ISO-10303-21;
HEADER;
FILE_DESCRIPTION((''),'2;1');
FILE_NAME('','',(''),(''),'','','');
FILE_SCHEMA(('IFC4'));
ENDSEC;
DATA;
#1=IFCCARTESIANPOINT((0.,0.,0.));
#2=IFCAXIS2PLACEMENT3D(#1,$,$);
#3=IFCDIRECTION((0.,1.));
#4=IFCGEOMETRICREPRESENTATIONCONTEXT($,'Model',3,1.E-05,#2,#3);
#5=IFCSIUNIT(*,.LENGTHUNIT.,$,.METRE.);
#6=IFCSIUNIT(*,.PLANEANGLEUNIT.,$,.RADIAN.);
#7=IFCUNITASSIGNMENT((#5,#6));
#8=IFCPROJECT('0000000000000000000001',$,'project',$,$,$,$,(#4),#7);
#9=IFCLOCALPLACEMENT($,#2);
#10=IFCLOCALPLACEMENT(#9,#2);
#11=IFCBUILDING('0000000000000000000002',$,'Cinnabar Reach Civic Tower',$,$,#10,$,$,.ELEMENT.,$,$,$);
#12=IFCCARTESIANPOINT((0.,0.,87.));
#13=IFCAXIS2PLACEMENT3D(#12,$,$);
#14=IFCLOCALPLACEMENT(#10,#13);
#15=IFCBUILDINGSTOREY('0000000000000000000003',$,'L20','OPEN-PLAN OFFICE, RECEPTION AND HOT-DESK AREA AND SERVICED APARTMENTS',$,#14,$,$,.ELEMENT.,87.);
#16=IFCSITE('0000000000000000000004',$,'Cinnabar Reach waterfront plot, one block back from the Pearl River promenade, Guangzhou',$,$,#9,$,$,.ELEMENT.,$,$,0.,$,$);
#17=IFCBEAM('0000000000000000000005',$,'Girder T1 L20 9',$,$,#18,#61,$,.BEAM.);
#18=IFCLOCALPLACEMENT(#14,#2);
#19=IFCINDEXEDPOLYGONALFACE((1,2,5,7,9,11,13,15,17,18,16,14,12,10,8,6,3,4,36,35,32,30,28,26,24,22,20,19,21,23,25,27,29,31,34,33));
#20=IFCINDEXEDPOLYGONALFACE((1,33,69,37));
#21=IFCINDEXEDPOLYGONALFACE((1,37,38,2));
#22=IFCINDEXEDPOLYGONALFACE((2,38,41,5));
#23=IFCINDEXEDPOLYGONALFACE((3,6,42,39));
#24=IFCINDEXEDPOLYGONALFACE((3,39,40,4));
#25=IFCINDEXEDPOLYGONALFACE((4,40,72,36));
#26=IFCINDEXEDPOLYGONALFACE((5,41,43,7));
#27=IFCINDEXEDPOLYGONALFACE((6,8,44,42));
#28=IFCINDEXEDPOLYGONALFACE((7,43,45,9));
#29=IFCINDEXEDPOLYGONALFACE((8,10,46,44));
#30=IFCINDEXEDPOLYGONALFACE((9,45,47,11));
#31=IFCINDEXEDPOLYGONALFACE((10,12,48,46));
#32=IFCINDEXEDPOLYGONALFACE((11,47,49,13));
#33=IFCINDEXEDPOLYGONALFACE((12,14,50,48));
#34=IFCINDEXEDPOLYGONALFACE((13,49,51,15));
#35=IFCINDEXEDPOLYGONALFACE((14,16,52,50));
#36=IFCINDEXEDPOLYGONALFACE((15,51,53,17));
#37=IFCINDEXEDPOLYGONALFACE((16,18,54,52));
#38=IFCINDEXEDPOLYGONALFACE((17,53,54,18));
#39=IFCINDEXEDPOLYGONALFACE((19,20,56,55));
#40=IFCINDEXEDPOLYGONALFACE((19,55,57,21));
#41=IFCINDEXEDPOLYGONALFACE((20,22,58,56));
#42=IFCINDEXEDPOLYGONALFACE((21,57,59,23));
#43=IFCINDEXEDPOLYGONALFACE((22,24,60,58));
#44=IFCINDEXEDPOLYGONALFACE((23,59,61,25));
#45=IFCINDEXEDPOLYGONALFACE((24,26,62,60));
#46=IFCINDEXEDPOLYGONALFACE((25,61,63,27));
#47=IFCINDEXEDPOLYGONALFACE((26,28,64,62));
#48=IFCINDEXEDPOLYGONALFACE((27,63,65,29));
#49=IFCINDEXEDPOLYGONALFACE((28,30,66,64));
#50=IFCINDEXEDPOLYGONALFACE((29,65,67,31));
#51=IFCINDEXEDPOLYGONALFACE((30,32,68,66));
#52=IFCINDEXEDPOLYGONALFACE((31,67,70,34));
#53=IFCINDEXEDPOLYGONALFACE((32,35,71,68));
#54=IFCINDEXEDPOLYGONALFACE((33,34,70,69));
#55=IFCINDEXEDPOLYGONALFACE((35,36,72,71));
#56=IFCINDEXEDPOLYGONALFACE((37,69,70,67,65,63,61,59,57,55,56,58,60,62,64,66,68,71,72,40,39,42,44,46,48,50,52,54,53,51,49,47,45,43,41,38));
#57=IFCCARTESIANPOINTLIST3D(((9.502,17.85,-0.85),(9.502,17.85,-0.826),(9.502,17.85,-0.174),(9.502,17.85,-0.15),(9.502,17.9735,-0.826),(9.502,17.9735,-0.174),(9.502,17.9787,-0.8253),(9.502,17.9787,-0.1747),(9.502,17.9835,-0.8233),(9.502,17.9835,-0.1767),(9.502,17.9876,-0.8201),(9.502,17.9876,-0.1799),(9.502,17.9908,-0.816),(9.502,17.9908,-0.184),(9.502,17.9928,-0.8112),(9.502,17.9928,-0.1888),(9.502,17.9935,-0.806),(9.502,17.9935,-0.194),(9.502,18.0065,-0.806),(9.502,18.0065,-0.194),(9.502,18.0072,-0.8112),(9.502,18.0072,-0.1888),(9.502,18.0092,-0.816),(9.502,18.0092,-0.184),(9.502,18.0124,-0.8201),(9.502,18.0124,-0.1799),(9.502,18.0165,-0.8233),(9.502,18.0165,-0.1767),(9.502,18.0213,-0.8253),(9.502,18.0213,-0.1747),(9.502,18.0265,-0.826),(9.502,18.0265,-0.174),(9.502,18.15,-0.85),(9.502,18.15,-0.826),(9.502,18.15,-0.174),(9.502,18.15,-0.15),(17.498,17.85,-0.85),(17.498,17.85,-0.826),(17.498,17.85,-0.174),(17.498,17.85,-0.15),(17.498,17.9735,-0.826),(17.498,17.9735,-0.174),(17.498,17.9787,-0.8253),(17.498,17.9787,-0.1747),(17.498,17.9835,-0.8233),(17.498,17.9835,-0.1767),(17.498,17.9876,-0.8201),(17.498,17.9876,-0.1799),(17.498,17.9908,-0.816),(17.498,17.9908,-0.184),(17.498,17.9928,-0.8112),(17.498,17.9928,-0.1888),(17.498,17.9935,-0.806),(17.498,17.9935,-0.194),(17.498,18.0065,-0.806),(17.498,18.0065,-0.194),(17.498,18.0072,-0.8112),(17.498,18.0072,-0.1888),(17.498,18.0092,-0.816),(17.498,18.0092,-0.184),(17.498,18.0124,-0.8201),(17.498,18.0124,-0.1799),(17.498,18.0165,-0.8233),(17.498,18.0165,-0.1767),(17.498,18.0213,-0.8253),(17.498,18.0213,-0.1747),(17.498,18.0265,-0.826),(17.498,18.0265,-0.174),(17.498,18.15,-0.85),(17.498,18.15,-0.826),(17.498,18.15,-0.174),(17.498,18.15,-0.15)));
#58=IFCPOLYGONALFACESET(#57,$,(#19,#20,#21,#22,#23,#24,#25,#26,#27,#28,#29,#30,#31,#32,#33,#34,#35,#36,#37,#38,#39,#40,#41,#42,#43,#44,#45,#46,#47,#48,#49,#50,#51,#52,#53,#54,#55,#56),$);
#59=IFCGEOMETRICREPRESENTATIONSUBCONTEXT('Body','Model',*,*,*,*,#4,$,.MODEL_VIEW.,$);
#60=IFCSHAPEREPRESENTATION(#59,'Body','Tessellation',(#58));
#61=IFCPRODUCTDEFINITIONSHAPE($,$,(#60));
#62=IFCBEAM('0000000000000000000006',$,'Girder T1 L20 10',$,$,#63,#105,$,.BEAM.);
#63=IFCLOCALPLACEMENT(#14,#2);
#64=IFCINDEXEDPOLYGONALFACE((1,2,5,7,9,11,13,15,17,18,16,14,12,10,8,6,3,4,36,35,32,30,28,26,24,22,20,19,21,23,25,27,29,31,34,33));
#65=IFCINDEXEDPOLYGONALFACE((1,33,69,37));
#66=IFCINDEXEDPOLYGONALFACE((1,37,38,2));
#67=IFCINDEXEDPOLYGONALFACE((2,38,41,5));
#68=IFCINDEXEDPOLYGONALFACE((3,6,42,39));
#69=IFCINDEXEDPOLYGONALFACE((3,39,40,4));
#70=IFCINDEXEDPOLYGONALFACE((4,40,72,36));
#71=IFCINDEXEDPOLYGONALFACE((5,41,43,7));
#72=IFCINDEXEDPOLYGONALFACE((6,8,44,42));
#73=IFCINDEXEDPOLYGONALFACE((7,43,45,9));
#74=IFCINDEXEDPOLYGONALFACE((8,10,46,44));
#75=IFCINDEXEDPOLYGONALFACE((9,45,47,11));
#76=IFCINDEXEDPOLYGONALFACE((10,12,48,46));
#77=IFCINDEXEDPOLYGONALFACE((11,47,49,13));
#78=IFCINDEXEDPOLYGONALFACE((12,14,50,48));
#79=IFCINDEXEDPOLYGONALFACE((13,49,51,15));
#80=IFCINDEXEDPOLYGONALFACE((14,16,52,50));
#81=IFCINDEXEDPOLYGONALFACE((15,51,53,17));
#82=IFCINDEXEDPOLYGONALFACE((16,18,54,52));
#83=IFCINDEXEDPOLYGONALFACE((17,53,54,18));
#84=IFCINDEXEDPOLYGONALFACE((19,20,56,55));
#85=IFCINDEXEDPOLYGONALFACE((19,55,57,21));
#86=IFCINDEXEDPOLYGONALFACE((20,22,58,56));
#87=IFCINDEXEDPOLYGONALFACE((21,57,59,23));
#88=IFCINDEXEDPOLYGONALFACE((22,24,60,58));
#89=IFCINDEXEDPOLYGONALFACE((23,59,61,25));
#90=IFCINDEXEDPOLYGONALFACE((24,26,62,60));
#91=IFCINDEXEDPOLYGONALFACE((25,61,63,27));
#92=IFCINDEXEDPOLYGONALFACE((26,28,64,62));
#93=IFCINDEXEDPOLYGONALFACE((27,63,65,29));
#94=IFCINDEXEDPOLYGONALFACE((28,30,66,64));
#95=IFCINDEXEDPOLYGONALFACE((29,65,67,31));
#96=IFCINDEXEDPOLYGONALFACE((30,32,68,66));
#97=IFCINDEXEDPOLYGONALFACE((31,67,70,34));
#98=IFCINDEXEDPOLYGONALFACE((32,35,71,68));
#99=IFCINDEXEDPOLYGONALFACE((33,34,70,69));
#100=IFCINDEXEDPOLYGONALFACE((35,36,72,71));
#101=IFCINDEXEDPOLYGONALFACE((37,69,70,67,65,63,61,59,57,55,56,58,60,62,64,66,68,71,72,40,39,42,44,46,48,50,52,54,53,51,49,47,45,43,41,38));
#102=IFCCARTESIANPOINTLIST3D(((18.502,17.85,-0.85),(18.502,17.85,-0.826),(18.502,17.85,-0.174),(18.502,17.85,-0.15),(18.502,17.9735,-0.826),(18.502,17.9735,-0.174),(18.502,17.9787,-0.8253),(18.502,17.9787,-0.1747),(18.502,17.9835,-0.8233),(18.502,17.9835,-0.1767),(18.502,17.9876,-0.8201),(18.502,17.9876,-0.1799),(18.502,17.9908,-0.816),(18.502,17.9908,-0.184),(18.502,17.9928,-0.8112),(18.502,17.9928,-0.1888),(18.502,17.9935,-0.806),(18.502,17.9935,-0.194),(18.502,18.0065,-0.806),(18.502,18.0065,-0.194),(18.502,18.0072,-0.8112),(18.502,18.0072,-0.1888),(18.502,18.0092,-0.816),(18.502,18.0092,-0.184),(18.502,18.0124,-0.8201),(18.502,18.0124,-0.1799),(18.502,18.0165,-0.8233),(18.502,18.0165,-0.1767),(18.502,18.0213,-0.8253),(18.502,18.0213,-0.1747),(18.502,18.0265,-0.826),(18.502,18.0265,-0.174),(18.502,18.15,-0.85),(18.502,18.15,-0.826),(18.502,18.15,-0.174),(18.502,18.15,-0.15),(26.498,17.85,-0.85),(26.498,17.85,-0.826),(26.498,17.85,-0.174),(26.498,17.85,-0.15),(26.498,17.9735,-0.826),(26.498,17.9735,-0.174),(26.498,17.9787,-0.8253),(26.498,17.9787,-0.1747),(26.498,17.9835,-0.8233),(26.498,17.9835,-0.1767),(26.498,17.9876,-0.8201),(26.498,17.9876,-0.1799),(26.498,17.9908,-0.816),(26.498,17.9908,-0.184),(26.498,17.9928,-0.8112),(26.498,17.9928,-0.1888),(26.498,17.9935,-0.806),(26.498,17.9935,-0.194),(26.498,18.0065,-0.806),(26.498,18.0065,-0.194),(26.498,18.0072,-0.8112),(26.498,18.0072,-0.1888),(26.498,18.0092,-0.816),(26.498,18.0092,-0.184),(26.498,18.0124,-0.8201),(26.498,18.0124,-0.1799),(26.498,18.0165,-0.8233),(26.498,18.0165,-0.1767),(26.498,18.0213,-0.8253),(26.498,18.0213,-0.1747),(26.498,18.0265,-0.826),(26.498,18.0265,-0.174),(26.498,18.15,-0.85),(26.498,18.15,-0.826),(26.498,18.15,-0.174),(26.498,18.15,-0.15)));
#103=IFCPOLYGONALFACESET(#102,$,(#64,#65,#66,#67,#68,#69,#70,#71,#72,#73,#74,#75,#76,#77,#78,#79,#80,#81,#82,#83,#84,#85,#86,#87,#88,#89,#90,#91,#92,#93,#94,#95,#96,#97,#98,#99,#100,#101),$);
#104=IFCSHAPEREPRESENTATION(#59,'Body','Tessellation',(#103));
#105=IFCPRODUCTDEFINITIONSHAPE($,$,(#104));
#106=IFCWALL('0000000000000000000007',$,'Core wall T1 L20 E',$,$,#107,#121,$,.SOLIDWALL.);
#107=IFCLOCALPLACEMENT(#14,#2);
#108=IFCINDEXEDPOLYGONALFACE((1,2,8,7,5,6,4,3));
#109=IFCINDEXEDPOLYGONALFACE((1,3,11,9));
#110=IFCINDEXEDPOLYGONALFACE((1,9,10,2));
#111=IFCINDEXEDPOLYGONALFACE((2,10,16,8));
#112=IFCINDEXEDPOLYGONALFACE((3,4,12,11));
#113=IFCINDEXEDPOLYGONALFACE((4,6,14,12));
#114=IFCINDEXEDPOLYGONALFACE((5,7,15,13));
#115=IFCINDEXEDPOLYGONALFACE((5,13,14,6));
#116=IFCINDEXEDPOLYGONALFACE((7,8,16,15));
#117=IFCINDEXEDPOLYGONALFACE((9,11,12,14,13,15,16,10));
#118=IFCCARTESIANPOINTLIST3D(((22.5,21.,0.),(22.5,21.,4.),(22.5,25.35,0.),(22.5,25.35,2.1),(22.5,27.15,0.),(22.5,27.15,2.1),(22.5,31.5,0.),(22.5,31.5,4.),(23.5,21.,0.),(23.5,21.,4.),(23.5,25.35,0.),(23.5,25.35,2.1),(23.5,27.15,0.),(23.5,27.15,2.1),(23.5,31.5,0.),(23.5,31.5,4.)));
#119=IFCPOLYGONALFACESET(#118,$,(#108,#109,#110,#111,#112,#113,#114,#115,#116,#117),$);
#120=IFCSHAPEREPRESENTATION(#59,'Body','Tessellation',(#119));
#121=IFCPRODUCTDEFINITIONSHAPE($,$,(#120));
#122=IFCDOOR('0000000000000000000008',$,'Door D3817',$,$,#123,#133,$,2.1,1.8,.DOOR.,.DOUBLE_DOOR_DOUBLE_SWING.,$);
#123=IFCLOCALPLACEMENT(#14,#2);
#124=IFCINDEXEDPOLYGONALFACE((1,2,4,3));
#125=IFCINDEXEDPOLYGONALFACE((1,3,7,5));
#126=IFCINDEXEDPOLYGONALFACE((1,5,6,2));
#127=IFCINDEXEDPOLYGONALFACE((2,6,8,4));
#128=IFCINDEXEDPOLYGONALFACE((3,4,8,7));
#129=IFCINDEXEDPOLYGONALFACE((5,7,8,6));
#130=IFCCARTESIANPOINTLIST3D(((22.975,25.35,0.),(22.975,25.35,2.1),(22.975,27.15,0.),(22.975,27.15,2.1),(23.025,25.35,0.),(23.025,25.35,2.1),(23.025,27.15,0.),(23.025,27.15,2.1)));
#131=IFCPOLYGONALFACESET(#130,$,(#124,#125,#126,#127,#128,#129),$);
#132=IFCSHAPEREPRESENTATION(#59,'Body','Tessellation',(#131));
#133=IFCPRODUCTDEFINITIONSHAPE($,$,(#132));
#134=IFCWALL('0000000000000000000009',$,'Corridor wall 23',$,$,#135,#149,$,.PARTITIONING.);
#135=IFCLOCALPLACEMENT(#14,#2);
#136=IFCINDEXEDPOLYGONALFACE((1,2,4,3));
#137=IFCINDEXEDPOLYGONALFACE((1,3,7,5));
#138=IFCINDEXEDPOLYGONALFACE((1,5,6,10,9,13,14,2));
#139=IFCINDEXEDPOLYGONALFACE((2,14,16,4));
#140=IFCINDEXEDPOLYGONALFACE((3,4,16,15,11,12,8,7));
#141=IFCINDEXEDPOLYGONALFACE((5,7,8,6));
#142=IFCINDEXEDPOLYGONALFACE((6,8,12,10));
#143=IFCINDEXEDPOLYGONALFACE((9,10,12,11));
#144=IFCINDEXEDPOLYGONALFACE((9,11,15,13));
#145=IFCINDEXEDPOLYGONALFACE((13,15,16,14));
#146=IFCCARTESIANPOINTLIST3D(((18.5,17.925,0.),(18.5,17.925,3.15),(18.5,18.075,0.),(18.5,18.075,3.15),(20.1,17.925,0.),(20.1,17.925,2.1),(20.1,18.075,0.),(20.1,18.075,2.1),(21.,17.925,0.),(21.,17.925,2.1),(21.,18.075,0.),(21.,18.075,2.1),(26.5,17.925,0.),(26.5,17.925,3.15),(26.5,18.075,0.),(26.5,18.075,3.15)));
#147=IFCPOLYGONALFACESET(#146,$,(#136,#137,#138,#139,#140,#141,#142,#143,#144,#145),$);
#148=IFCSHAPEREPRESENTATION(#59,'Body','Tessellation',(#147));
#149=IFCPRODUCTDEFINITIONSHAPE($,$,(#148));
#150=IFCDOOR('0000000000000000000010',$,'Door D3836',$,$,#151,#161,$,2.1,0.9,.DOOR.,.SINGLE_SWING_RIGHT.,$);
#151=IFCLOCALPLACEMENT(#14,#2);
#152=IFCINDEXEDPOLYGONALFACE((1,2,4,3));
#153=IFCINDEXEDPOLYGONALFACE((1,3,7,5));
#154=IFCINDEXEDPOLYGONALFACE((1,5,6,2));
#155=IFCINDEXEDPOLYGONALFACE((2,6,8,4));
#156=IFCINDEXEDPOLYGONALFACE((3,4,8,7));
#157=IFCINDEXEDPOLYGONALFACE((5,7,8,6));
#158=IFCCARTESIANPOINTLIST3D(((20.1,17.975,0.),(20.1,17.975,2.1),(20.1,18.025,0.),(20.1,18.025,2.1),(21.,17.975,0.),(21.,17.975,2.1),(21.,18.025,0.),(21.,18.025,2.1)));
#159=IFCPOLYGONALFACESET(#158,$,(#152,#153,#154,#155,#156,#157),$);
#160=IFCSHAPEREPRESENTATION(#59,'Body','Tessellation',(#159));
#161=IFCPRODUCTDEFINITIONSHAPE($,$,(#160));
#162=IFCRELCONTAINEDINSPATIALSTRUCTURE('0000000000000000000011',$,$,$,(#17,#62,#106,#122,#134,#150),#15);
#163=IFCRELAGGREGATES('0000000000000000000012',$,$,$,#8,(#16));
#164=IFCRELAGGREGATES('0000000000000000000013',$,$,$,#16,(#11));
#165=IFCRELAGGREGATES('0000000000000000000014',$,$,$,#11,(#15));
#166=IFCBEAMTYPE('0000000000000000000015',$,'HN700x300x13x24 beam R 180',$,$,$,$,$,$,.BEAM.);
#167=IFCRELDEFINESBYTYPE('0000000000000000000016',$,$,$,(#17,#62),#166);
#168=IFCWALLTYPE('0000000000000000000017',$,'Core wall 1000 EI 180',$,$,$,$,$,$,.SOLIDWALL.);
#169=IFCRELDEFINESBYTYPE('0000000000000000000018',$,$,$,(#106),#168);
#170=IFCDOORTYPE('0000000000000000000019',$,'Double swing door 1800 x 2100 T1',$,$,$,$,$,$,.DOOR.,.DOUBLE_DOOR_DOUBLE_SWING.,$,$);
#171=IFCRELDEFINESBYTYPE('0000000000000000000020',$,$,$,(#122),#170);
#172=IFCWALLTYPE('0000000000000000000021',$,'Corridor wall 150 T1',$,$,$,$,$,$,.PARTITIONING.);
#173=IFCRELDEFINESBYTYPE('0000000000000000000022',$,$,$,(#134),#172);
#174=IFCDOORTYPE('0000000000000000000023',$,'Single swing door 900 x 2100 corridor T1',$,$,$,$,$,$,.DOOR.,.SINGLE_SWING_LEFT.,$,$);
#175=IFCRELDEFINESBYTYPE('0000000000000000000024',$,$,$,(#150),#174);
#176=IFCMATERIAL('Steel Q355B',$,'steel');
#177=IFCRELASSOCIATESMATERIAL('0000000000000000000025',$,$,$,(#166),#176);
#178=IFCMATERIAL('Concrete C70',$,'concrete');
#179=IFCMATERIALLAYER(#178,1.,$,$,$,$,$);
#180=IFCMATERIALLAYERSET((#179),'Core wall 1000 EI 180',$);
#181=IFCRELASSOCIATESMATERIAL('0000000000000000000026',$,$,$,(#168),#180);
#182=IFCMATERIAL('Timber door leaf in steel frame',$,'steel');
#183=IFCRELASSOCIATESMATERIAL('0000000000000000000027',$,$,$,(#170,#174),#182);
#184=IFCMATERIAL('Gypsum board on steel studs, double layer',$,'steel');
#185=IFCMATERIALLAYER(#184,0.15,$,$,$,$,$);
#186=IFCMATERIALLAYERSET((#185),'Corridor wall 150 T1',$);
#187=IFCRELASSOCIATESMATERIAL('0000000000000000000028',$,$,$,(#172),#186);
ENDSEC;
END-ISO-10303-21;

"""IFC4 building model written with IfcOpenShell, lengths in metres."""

from ifc_helpers import new_model, si_unit, direction, frame, frame_2d, origin, origin_2d, place, context, subcontext, project, spatial, rectangle, i_section, extrude, material, layer, layer_set, material_profile, profile_set, type_object, element, fill, save


model = new_model("IFC4")

# Units and contexts
model_context = context("Model", 3, precision=1e-05, world=origin(), true_north=direction((0.0, 1.0)))
body_context = subcontext(model_context, "Body", "Model", "MODEL_VIEW")
ifc_project = project(units=[si_unit("LENGTHUNIT", "METRE"), si_unit("PLANEANGLEUNIT", "RADIAN")], contexts=[model_context])

# Site, building, storey
site_placement = place(None, origin())
site = spatial("IfcSite", under=ifc_project, at=site_placement, Name="Cinnabar Reach waterfront plot, one block back from the Pearl River promenade, Guangzhou", CompositionType="ELEMENT", RefElevation=0.0)
building_placement = place(site_placement, origin())
building = spatial("IfcBuilding", under=site, at=building_placement, Name="Cinnabar Reach Civic Tower", CompositionType="ELEMENT")
storey_placement = place(building_placement, frame((0.0, 0.0, 87.0)))
storey = spatial("IfcBuildingStorey", under=building, at=storey_placement, Name="L20", Description="OPEN-PLAN OFFICE, RECEPTION AND HOT-DESK AREA AND SERVICED APARTMENTS", CompositionType="ELEMENT", Elevation=87.0)

# Shared definitions
ifc_material_1 = material(Name="Concrete C70", Category="concrete")

# Beams
ifc_material_2 = material(Name="Steel Q355B", Category="steel")
ifc_material_profile_1 = material_profile(ifc_material_2, i_section(OverallWidth=0.3, OverallDepth=0.7, WebThickness=0.013, FlangeThickness=0.024, FilletRadius=0.02, at=origin_2d()), Name="HN700x300x13x24")
ifc_profile_set_1 = profile_set([ifc_material_profile_1], Name="Steel Q355B")
beam_type_1 = type_object("IfcBeamType", Name="HN700x300x13x24 beam R 180", PredefinedType="BEAM", material=ifc_profile_set_1)
for number, where, z_axis, x_axis, name in (
    (1, (9.502, 18.0, -0.5), (1.0, 0.0, 0.0), (0.0, 1.0, 0.0), "Girder T1 L20 9"),
    (2, (18.502, 18.0, -0.5), (1.0, 0.0, 0.0), (0.0, 1.0, 0.0), "Girder T1 L20 10"),
):
    element("IfcBeam", number, at=place(storey_placement, frame(where, z_axis=z_axis, x_axis=x_axis)), inside=storey, type_object=beam_type_1, Name=name, PredefinedType="BEAM", context=body_context, shape_type="SweptSolid", body=[
        extrude(i_section(OverallWidth=0.3, OverallDepth=0.7, WebThickness=0.013, FlangeThickness=0.024, FilletRadius=0.02, at=origin_2d()), origin(), (0.0, 0.0, 1.0), 7.996),
    ])

# Walls, openings, doors
ifc_layer_1 = layer(ifc_material_1, 1.0)
ifc_layer_set_1 = layer_set([ifc_layer_1], Name="Core wall 1000 EI 180")
wall_type_1 = type_object("IfcWallType", Name="Core wall 1000 EI 180", PredefinedType="SOLIDWALL", material=ifc_layer_set_1)
wall_1_placement = place(storey_placement, frame((23.0, 21.0, 0.0), z_axis=(0.0, 0.0, 1.0), x_axis=(0.0, 1.0, 0.0)))
wall_1 = element("IfcWall", 3, at=wall_1_placement, inside=storey, type_object=wall_type_1, Name="Core wall T1 L20 E", PredefinedType="SOLIDWALL", context=body_context, shape_type="SweptSolid", body=[
    extrude(rectangle(XDim=10.5, YDim=1.0, at=frame_2d((5.25, 0.0))), origin(), (0.0, 0.0, 1.0), 4.0),
])
opening_1_placement = place(wall_1_placement, frame((4.35, 0.0, 0.0)))
opening_1 = element("IfcOpeningElement", 4, at=opening_1_placement, cuts=wall_1, PredefinedType="OPENING", context=body_context, shape_type="SweptSolid", body=[
    extrude(rectangle(XDim=1.8, YDim=2.1, at=frame_2d((0.9, 1.05))), frame((0.0, 0.51, 0.0), z_axis=(0.0, -1.0, 0.0), x_axis=(1.0, 0.0, 0.0)), (0.0, 0.0, 1.0), 1.02),
])
ifc_material_3 = material(Name="Timber door leaf in steel frame", Category="steel")
door_type_1 = type_object("IfcDoorType", Name="Double swing door 1800 x 2100 T1", OperationType="DOUBLE_DOOR_DOUBLE_SWING", PredefinedType="DOOR", material=ifc_material_3)
door_1_placement = place(opening_1_placement, origin())
door_1 = element("IfcDoor", 5, at=door_1_placement, inside=storey, type_object=door_type_1, Name="Door D3817", OperationType="DOUBLE_DOOR_DOUBLE_SWING", OverallHeight=2.1, OverallWidth=1.8, PredefinedType="DOOR", context=body_context, shape_type="SweptSolid", body=[
    extrude(rectangle(XDim=1.8, YDim=2.1, at=frame_2d((0.9, 1.05))), frame((0.0, 0.025, 0.0), z_axis=(0.0, -1.0, 0.0), x_axis=(1.0, 0.0, 0.0)), (0.0, 0.0, 1.0), 0.05),
])
fill(opening_1, door_1)
ifc_material_4 = material(Name="Gypsum board on steel studs, double layer", Category="steel")
ifc_layer_2 = layer(ifc_material_4, 0.15)
ifc_layer_set_2 = layer_set([ifc_layer_2], Name="Corridor wall 150 T1")
wall_type_2 = type_object("IfcWallType", Name="Corridor wall 150 T1", PredefinedType="PARTITIONING", material=ifc_layer_set_2)
wall_2_placement = place(storey_placement, frame((18.5, 18.0, 0.0), z_axis=(0.0, 0.0, 1.0), x_axis=(1.0, 0.0, 0.0)))
wall_2 = element("IfcWall", 6, at=wall_2_placement, inside=storey, type_object=wall_type_2, Name="Corridor wall 23", PredefinedType="PARTITIONING", context=body_context, shape_type="SweptSolid", body=[
    extrude(rectangle(XDim=8.0, YDim=0.15, at=frame_2d((4.0, 0.0))), origin(), (0.0, 0.0, 1.0), 3.15),
])
opening_2_placement = place(wall_2_placement, frame((1.6, 0.0, 0.0)))
opening_2 = element("IfcOpeningElement", 7, at=opening_2_placement, cuts=wall_2, PredefinedType="OPENING", context=body_context, shape_type="SweptSolid", body=[
    extrude(rectangle(XDim=0.9, YDim=2.1, at=frame_2d((0.45, 1.05))), frame((0.0, 0.085, 0.0), z_axis=(0.0, -1.0, 0.0), x_axis=(1.0, 0.0, 0.0)), (0.0, 0.0, 1.0), 0.17),
])
door_type_2 = type_object("IfcDoorType", Name="Single swing door 900 x 2100 corridor T1", OperationType="SINGLE_SWING_LEFT", PredefinedType="DOOR", material=ifc_material_3)
door_2_placement = place(opening_2_placement, frame((0.9, 0.0, 0.0), z_axis=(0.0, 0.0, 1.0), x_axis=(-1.0, 0.0, 0.0)))
door_2 = element("IfcDoor", 8, at=door_2_placement, inside=storey, type_object=door_type_2, Name="Door D3836", OperationType="SINGLE_SWING_RIGHT", OverallHeight=2.1, OverallWidth=0.9, PredefinedType="DOOR", context=body_context, shape_type="SweptSolid", body=[
    extrude(rectangle(XDim=0.9, YDim=2.1, at=frame_2d((0.45, 1.05))), frame((0.0, 0.025, 0.0), z_axis=(0.0, -1.0, 0.0), x_axis=(1.0, 0.0, 0.0)), (0.0, 0.0, 1.0), 0.05),
])
fill(opening_2, door_2)

save(model, "model.ifc")
